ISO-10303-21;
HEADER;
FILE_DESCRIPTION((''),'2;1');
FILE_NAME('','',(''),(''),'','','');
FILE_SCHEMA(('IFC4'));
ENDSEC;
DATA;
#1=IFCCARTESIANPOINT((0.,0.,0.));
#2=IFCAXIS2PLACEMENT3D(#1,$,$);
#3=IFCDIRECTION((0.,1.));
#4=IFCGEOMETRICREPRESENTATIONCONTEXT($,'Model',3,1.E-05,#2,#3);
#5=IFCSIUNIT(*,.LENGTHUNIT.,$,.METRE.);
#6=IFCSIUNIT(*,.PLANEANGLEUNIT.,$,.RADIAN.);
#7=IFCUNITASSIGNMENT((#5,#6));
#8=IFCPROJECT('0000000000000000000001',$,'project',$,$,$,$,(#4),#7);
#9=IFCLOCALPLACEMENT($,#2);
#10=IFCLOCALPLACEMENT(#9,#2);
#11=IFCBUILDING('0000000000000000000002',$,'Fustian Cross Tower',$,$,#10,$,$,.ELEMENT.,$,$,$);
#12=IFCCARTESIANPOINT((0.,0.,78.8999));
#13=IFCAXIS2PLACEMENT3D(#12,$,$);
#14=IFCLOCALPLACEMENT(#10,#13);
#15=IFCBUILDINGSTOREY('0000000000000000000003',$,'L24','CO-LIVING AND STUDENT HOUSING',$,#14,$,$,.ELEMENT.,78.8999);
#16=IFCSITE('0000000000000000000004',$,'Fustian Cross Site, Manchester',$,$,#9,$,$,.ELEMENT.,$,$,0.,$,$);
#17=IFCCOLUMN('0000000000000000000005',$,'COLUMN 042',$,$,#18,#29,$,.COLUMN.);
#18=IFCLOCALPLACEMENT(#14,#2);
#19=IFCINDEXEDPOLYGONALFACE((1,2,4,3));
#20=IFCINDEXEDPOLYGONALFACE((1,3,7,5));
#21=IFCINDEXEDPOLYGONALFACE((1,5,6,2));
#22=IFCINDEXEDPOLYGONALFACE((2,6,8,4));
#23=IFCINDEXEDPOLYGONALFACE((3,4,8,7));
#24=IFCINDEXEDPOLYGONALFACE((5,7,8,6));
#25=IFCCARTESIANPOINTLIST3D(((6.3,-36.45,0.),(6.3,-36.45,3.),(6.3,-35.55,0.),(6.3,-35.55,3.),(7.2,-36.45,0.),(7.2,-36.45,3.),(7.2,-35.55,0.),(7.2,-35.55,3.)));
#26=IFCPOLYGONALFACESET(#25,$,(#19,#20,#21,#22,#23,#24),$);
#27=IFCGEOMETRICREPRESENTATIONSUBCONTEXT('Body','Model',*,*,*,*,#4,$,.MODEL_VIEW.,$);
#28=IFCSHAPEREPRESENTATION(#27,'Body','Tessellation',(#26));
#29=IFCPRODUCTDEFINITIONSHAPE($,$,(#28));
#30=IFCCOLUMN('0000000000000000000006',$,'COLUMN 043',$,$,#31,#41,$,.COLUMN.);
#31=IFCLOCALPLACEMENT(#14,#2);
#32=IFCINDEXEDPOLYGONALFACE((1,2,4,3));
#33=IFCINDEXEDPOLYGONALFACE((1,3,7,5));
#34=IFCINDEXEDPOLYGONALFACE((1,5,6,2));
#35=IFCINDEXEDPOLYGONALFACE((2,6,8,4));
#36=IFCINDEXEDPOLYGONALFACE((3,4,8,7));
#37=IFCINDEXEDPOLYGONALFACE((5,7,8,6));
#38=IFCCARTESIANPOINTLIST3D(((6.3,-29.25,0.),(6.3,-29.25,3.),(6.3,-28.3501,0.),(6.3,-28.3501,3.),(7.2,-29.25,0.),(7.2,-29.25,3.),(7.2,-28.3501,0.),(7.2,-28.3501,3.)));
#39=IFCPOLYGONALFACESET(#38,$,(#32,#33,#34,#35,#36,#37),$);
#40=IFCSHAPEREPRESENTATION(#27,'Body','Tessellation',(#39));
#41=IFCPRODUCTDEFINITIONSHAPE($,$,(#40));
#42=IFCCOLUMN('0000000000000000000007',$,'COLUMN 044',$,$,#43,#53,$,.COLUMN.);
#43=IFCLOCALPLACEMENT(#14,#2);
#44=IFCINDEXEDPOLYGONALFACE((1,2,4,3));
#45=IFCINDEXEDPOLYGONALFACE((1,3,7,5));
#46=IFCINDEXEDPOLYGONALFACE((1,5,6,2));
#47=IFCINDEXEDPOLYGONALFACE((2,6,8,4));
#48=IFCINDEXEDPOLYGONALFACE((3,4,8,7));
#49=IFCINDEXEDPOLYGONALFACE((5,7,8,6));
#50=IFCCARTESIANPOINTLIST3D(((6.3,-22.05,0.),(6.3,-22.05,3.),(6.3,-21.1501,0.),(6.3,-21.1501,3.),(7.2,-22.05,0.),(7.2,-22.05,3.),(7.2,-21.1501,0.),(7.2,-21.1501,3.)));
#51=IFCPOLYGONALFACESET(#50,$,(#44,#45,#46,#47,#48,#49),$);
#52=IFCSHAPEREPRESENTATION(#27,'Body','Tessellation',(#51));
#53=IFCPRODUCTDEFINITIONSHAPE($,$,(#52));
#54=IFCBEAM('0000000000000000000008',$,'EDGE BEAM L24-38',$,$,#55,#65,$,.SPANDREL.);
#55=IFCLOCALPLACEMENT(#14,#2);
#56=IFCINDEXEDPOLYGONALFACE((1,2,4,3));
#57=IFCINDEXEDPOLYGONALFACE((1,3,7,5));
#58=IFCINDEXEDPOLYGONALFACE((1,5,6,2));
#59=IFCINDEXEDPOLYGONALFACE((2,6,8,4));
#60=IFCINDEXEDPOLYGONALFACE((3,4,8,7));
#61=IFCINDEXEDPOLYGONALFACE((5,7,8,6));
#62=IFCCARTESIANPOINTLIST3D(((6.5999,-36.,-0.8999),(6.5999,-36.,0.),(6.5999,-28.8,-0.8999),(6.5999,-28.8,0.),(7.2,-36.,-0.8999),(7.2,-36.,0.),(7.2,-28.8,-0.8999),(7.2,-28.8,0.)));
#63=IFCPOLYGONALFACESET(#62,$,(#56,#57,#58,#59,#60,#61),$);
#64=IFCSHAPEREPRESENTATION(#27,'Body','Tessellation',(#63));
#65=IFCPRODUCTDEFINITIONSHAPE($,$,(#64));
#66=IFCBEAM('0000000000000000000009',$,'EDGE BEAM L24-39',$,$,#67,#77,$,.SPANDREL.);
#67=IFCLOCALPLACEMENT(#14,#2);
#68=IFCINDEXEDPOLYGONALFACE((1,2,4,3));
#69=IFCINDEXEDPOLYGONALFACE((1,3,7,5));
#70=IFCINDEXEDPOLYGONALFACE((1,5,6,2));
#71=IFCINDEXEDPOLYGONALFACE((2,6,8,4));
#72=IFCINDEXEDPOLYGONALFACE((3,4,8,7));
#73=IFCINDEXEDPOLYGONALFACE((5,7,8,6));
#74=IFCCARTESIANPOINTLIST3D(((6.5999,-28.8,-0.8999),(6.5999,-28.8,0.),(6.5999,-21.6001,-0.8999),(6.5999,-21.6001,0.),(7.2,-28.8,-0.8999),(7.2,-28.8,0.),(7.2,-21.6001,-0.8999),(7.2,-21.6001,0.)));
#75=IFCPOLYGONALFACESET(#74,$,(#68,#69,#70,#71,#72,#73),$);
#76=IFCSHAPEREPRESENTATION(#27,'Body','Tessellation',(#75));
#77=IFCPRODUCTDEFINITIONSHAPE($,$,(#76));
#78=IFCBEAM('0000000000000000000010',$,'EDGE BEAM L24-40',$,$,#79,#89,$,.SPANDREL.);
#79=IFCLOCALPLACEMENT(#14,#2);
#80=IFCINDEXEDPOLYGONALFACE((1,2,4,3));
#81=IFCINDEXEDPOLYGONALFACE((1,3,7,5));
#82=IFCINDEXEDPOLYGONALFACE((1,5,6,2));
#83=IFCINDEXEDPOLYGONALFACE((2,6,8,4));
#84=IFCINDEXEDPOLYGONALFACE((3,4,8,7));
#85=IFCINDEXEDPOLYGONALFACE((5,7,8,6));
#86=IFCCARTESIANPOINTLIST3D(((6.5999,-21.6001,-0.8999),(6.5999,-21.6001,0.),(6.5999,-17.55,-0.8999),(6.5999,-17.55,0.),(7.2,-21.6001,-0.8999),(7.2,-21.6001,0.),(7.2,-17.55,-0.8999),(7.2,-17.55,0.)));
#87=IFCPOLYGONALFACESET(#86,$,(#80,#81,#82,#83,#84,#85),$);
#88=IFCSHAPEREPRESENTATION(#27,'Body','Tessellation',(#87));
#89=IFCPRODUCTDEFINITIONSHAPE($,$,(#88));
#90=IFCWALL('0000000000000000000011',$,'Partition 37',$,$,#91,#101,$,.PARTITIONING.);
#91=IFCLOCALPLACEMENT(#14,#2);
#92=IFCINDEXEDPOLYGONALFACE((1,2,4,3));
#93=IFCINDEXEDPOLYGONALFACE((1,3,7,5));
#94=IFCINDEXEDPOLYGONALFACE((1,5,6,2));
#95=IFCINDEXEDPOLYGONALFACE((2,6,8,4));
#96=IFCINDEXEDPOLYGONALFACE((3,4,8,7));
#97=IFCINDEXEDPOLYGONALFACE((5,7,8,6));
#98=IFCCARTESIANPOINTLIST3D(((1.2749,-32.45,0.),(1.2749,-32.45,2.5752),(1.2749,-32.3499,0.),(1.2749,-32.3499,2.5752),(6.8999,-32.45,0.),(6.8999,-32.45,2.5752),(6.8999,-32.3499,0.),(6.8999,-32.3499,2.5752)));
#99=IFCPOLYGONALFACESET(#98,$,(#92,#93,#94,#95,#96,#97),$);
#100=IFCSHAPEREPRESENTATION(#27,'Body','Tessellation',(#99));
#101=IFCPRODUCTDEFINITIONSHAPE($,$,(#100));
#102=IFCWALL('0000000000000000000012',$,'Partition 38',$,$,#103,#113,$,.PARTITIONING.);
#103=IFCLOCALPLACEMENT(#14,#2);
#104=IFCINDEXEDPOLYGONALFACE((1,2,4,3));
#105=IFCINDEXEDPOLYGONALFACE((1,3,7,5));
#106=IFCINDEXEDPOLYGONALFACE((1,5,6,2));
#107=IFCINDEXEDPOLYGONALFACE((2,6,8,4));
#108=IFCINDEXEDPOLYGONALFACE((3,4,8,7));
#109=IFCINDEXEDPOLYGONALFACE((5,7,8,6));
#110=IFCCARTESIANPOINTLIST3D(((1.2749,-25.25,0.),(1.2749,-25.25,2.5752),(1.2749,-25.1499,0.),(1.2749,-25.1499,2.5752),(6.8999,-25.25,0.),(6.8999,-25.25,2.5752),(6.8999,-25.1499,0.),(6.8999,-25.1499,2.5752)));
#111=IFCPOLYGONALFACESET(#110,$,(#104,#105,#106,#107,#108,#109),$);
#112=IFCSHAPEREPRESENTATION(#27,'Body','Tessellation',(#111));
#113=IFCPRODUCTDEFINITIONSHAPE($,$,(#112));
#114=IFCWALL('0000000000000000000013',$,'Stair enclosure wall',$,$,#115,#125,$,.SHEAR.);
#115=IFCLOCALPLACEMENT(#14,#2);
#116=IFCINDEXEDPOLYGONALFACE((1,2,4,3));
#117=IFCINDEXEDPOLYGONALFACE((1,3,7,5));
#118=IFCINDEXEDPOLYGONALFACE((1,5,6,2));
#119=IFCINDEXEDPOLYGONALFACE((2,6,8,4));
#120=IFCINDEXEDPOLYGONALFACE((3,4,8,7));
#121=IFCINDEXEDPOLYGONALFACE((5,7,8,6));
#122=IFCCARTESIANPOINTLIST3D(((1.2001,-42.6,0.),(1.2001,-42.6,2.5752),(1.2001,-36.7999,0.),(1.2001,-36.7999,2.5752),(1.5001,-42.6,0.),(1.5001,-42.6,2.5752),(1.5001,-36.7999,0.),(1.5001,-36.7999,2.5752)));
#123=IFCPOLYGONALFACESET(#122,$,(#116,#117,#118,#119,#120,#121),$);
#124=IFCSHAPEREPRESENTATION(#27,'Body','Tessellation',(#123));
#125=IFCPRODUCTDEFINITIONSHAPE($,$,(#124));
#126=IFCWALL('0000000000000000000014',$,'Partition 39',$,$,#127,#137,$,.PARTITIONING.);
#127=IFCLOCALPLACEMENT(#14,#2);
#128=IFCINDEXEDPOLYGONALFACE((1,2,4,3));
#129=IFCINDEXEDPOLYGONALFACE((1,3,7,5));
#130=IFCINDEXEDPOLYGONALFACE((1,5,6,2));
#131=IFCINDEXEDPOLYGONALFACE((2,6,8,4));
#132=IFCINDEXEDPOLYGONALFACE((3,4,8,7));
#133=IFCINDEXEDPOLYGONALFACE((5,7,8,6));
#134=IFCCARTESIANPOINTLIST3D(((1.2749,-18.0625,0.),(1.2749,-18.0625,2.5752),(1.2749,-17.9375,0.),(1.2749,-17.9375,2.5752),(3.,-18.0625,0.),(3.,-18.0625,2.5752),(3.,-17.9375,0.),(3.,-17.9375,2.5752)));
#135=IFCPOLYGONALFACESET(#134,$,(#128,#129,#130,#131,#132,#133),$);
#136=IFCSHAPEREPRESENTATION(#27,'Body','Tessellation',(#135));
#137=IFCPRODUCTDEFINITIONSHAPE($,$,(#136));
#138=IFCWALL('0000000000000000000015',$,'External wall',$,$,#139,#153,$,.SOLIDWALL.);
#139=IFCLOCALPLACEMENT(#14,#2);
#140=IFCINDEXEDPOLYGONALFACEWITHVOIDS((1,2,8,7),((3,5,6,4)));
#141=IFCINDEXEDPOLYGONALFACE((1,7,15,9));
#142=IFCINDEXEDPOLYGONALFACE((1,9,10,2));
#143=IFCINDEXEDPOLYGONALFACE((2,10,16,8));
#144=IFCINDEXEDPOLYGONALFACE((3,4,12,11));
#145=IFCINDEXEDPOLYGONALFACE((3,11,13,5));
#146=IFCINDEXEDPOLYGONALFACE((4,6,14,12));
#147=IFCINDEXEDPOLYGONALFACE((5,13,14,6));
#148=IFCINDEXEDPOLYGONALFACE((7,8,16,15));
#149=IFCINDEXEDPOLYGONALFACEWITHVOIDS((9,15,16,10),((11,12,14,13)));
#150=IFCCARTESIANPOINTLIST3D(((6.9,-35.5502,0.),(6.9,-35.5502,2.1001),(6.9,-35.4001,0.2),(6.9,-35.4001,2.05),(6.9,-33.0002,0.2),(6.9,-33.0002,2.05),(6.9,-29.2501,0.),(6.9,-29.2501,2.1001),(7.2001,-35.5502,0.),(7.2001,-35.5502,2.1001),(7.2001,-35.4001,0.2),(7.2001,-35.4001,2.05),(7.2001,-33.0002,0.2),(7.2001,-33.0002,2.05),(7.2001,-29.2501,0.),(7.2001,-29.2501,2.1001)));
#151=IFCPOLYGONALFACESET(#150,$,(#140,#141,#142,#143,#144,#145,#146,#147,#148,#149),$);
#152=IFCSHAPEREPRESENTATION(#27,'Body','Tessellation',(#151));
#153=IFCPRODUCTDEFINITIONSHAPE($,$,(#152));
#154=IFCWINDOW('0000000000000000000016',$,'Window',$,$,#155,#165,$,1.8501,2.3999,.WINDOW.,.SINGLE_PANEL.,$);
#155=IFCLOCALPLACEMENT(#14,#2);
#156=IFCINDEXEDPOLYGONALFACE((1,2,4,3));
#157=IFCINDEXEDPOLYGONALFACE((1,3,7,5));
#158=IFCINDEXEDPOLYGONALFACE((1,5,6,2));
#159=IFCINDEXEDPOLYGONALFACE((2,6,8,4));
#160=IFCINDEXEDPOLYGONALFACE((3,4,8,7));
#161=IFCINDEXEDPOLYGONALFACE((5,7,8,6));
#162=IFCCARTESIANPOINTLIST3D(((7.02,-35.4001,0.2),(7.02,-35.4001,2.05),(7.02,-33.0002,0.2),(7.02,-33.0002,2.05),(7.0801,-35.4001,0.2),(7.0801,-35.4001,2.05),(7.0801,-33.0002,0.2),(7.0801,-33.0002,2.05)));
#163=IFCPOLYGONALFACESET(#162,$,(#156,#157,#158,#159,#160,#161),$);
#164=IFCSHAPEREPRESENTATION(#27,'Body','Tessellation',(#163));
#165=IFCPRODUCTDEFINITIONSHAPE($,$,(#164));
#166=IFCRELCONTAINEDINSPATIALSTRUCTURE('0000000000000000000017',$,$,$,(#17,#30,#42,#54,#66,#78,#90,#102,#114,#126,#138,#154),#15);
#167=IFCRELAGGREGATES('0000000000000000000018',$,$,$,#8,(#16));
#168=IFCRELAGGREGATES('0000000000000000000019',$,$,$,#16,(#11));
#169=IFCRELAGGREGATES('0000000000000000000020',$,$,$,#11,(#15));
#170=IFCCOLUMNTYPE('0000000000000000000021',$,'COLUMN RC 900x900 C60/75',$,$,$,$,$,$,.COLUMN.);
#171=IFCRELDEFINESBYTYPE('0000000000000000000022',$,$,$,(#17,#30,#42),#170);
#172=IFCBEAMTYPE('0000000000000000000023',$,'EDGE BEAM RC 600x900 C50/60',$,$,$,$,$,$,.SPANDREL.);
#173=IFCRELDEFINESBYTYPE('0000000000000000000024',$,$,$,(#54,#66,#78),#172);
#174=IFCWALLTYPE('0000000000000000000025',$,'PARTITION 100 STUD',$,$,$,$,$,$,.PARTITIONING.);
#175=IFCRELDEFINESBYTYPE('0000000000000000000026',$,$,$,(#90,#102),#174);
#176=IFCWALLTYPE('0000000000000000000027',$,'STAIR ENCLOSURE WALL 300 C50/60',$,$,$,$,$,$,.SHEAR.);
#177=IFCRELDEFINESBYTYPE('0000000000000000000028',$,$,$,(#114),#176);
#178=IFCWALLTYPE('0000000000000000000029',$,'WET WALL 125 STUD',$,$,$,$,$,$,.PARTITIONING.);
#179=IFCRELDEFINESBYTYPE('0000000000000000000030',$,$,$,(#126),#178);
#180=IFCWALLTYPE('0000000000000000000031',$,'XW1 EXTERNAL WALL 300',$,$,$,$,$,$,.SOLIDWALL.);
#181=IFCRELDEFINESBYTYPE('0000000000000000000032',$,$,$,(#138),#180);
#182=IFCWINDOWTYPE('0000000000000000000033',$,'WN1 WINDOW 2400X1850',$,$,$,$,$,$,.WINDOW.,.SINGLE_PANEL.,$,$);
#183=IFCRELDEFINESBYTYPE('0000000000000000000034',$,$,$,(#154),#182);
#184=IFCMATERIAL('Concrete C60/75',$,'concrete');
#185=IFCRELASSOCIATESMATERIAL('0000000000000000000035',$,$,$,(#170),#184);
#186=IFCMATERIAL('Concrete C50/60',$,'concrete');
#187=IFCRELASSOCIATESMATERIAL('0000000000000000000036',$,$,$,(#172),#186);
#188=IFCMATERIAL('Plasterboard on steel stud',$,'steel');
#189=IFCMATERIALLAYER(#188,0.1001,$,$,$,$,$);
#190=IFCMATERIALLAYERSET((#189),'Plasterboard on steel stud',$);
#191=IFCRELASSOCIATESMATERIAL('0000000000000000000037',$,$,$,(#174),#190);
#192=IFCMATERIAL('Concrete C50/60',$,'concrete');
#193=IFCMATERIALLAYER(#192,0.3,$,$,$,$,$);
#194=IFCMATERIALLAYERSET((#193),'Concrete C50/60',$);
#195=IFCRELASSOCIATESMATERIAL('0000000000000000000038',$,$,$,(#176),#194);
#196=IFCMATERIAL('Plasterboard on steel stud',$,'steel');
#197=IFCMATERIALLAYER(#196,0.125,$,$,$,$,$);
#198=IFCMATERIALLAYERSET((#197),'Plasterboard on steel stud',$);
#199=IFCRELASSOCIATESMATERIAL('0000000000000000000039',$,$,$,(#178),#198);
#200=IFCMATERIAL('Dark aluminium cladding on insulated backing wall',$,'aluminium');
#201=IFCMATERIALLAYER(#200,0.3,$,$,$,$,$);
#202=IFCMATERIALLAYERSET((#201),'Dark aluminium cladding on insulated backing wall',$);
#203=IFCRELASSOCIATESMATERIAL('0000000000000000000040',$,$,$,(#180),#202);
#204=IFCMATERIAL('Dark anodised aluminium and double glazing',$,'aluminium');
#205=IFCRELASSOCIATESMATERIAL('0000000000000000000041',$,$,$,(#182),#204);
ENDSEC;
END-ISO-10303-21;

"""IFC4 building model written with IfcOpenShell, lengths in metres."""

from ifc_helpers import new_model, si_unit, direction, frame, frame_2d, origin, origin_2d, place, context, subcontext, project, spatial, rectangle, extrude, material, layer, layer_set, material_profile, profile_set, type_object, element, fill, save


model = new_model("IFC4")

# Units and contexts
model_context = context("Model", 3, precision=1e-05, world=origin(), true_north=direction((0.0, 1.0)))
body_context = subcontext(model_context, "Body", "Model", "MODEL_VIEW")
ifc_project = project(units=[si_unit("LENGTHUNIT", "METRE"), si_unit("PLANEANGLEUNIT", "RADIAN")], contexts=[model_context])

# Site, building, storey
site_placement = place(None, origin())
site = spatial("IfcSite", under=ifc_project, at=site_placement, Name="Fustian Cross Site, Manchester", CompositionType="ELEMENT", RefElevation=0.0)
building_placement = place(site_placement, origin())
building = spatial("IfcBuilding", under=site, at=building_placement, Name="Fustian Cross Tower", CompositionType="ELEMENT")
storey_placement = place(building_placement, frame((0.0, 0.0, 78.8999)))
storey = spatial("IfcBuildingStorey", under=building, at=storey_placement, Name="L24", Description="CO-LIVING AND STUDENT HOUSING", CompositionType="ELEMENT", Elevation=78.8999)

# Columns
ifc_material_1 = material(Name="Concrete C60/75", Category="concrete")
ifc_material_profile_1 = material_profile(ifc_material_1, rectangle(XDim=0.8999, YDim=0.8999, at=origin_2d()), Name="RC 900x900")
ifc_profile_set_1 = profile_set([ifc_material_profile_1], Name="Concrete C60/75")
column_type = type_object("IfcColumnType", Name="COLUMN RC 900x900 C60/75", PredefinedType="COLUMN", material=ifc_profile_set_1)
for number, where, z_axis, x_axis, name in (
    (1, (6.75, -36.0, 0.0), (0.0, 0.0, 1.0), (1.0, 0.0, 0.0), "COLUMN 042"),
    (2, (6.75, -28.8, 0.0), (0.0, 0.0, 1.0), (1.0, 0.0, 0.0), "COLUMN 043"),
    (3, (6.75, -21.6001, 0.0), (0.0, 0.0, 1.0), (1.0, 0.0, 0.0), "COLUMN 044"),
):
    element("IfcColumn", number, at=place(storey_placement, frame(where, z_axis=z_axis, x_axis=x_axis)), inside=storey, type_object=column_type, Name=name, PredefinedType="COLUMN", context=body_context, shape_type="SweptSolid", body=[
        extrude(rectangle(XDim=0.8999, YDim=0.8999, at=origin_2d()), origin(), (0.0, 0.0, 1.0), 3.0),
    ])

# Beams
ifc_material_2 = material(Name="Concrete C50/60", Category="concrete")
ifc_material_profile_2 = material_profile(ifc_material_2, rectangle(XDim=0.6001, YDim=0.8999, at=origin_2d()), Name="RC 600x900")
ifc_profile_set_2 = profile_set([ifc_material_profile_2], Name="Concrete C50/60")
beam_type = type_object("IfcBeamType", Name="EDGE BEAM RC 600x900 C50/60", PredefinedType="SPANDREL", material=ifc_profile_set_2)
for number, where, z_axis, x_axis, name in (
    (4, (6.8999, -36.0, -0.45), (0.0, 1.0, 0.0), (-1.0, 0.0, 0.0), "EDGE BEAM L24-38"),
    (5, (6.8999, -28.8, -0.45), (0.0, 1.0, 0.0), (-1.0, 0.0, 0.0), "EDGE BEAM L24-39"),
):
    element("IfcBeam", number, at=place(storey_placement, frame(where, z_axis=z_axis, x_axis=x_axis)), inside=storey, type_object=beam_type, Name=name, PredefinedType="SPANDREL", context=body_context, shape_type="SweptSolid", body=[
        extrude(rectangle(XDim=0.6001, YDim=0.8999, at=origin_2d()), origin(), (0.0, 0.0, 1.0), 7.2),
    ])
beam_placement = place(storey_placement, frame((6.8999, -21.6001, -0.45), z_axis=(0.0, 1.0, 0.0), x_axis=(-1.0, 0.0, 0.0)))
element("IfcBeam", 6, at=beam_placement, inside=storey, type_object=beam_type, Name="EDGE BEAM L24-40", PredefinedType="SPANDREL", context=body_context, shape_type="SweptSolid", body=[
    extrude(rectangle(XDim=0.6001, YDim=0.8999, at=origin_2d()), origin(), (0.0, 0.0, 1.0), 4.05),
])

# Walls
ifc_material_3 = material(Name="Plasterboard on steel stud", Category="steel")
ifc_layer_1 = layer(ifc_material_3, 0.1001)
ifc_layer_set_1 = layer_set([ifc_layer_1], Name="Plasterboard on steel stud")
wall_type_1 = type_object("IfcWallType", Name="PARTITION 100 STUD", PredefinedType="PARTITIONING", material=ifc_layer_set_1)
for number, where, z_axis, x_axis, name in (
    (7, (1.2749, -32.3999, 0.0), (0.0, 0.0, 1.0), (1.0, 0.0, 0.0), "Partition 37"),
    (8, (1.2749, -25.2, 0.0), (0.0, 0.0, 1.0), (1.0, 0.0, 0.0), "Partition 38"),
):
    element("IfcWall", number, at=place(storey_placement, frame(where, z_axis=z_axis, x_axis=x_axis)), inside=storey, type_object=wall_type_1, Name=name, PredefinedType="PARTITIONING", context=body_context, shape_type="SweptSolid", body=[
        extrude(rectangle(XDim=5.625, YDim=0.1001, at=frame_2d((2.8125, 0.0))), origin(), (0.0, 0.0, 1.0), 2.5752),
    ])
ifc_material_4 = material(Name="Concrete C50/60", Category="concrete")
ifc_layer_2 = layer(ifc_material_4, 0.3)
ifc_layer_set_2 = layer_set([ifc_layer_2], Name="Concrete C50/60")
wall_type_2 = type_object("IfcWallType", Name="STAIR ENCLOSURE WALL 300 C50/60", PredefinedType="SHEAR", material=ifc_layer_set_2)
wall_1_placement = place(storey_placement, frame((1.3501, -36.8, 0.0), z_axis=(0.0, 0.0, 1.0), x_axis=(0.0, -1.0, 0.0)))
element("IfcWall", 9, at=wall_1_placement, inside=storey, type_object=wall_type_2, Name="Stair enclosure wall", PredefinedType="SHEAR", context=body_context, shape_type="SweptSolid", body=[
    extrude(rectangle(XDim=5.8, YDim=0.3, at=frame_2d((2.8999, 0.0))), origin(), (0.0, 0.0, 1.0), 2.5752),
])
ifc_material_5 = material(Name="Plasterboard on steel stud", Category="steel")
ifc_layer_3 = layer(ifc_material_5, 0.125)
ifc_layer_set_3 = layer_set([ifc_layer_3], Name="Plasterboard on steel stud")
wall_type_3 = type_object("IfcWallType", Name="WET WALL 125 STUD", PredefinedType="PARTITIONING", material=ifc_layer_set_3)
wall_2_placement = place(storey_placement, frame((1.2749, -18.0, 0.0), z_axis=(0.0, 0.0, 1.0), x_axis=(1.0, 0.0, 0.0)))
element("IfcWall", 10, at=wall_2_placement, inside=storey, type_object=wall_type_3, Name="Partition 39", PredefinedType="PARTITIONING", context=body_context, shape_type="SweptSolid", body=[
    extrude(rectangle(XDim=1.7251, YDim=0.125, at=frame_2d((0.8625, 0.0))), origin(), (0.0, 0.0, 1.0), 2.5752),
])

# Wall, opening, window
ifc_material_6 = material(Name="Dark aluminium cladding on insulated backing wall", Category="aluminium")
ifc_layer_4 = layer(ifc_material_6, 0.3)
ifc_layer_set_4 = layer_set([ifc_layer_4], Name="Dark aluminium cladding on insulated backing wall")
wall_type_4 = type_object("IfcWallType", Name="XW1 EXTERNAL WALL 300", PredefinedType="SOLIDWALL", material=ifc_layer_set_4)
wall_3_placement = place(storey_placement, frame((7.05, -35.55, 0.0), z_axis=(0.0, 0.0, 1.0), x_axis=(0.0, 1.0, 0.0)))
wall_3 = element("IfcWall", 11, at=wall_3_placement, inside=storey, type_object=wall_type_4, Name="External wall", PredefinedType="SOLIDWALL", context=body_context, shape_type="SweptSolid", body=[
    extrude(rectangle(XDim=6.3, YDim=0.3, at=frame_2d((3.1499, 0.0))), origin(), (0.0, 0.0, 1.0), 2.1001),
])
opening_1_placement = place(wall_3_placement, frame((0.1499, 0.0, 0.2)))
opening_1 = element("IfcOpeningElement", 12, at=opening_1_placement, cuts=wall_3, PredefinedType="OPENING", context=body_context, shape_type="SweptSolid", body=[
    extrude(rectangle(XDim=2.3999, YDim=1.8501, at=frame_2d((1.2, 0.925))), frame((0.0, 0.1599, 0.0), z_axis=(0.0, -1.0, 0.0), x_axis=(1.0, 0.0, 0.0)), (0.0, 0.0, 1.0), 0.3201),
])
ifc_material_7 = material(Name="Dark anodised aluminium and double glazing", Category="aluminium")
window_type = type_object("IfcWindowType", Name="WN1 WINDOW 2400X1850", PartitioningType="SINGLE_PANEL", PredefinedType="WINDOW", material=ifc_material_7)
window_1_placement = place(opening_1_placement, origin())
window_1 = element("IfcWindow", 13, at=window_1_placement, inside=storey, type_object=window_type, Name="Window", OverallHeight=1.8501, OverallWidth=2.3999, PartitioningType="SINGLE_PANEL", PredefinedType="WINDOW", context=body_context, shape_type="SweptSolid", body=[
    extrude(rectangle(XDim=2.3999, YDim=1.8501, at=frame_2d((1.2, 0.925))), frame((0.0, 0.03, 0.0), z_axis=(0.0, -1.0, 0.0), x_axis=(1.0, 0.0, 0.0)), (0.0, 0.0, 1.0), 0.0601),
])
fill(opening_1, window_1)

save(model, "model.ifc")
